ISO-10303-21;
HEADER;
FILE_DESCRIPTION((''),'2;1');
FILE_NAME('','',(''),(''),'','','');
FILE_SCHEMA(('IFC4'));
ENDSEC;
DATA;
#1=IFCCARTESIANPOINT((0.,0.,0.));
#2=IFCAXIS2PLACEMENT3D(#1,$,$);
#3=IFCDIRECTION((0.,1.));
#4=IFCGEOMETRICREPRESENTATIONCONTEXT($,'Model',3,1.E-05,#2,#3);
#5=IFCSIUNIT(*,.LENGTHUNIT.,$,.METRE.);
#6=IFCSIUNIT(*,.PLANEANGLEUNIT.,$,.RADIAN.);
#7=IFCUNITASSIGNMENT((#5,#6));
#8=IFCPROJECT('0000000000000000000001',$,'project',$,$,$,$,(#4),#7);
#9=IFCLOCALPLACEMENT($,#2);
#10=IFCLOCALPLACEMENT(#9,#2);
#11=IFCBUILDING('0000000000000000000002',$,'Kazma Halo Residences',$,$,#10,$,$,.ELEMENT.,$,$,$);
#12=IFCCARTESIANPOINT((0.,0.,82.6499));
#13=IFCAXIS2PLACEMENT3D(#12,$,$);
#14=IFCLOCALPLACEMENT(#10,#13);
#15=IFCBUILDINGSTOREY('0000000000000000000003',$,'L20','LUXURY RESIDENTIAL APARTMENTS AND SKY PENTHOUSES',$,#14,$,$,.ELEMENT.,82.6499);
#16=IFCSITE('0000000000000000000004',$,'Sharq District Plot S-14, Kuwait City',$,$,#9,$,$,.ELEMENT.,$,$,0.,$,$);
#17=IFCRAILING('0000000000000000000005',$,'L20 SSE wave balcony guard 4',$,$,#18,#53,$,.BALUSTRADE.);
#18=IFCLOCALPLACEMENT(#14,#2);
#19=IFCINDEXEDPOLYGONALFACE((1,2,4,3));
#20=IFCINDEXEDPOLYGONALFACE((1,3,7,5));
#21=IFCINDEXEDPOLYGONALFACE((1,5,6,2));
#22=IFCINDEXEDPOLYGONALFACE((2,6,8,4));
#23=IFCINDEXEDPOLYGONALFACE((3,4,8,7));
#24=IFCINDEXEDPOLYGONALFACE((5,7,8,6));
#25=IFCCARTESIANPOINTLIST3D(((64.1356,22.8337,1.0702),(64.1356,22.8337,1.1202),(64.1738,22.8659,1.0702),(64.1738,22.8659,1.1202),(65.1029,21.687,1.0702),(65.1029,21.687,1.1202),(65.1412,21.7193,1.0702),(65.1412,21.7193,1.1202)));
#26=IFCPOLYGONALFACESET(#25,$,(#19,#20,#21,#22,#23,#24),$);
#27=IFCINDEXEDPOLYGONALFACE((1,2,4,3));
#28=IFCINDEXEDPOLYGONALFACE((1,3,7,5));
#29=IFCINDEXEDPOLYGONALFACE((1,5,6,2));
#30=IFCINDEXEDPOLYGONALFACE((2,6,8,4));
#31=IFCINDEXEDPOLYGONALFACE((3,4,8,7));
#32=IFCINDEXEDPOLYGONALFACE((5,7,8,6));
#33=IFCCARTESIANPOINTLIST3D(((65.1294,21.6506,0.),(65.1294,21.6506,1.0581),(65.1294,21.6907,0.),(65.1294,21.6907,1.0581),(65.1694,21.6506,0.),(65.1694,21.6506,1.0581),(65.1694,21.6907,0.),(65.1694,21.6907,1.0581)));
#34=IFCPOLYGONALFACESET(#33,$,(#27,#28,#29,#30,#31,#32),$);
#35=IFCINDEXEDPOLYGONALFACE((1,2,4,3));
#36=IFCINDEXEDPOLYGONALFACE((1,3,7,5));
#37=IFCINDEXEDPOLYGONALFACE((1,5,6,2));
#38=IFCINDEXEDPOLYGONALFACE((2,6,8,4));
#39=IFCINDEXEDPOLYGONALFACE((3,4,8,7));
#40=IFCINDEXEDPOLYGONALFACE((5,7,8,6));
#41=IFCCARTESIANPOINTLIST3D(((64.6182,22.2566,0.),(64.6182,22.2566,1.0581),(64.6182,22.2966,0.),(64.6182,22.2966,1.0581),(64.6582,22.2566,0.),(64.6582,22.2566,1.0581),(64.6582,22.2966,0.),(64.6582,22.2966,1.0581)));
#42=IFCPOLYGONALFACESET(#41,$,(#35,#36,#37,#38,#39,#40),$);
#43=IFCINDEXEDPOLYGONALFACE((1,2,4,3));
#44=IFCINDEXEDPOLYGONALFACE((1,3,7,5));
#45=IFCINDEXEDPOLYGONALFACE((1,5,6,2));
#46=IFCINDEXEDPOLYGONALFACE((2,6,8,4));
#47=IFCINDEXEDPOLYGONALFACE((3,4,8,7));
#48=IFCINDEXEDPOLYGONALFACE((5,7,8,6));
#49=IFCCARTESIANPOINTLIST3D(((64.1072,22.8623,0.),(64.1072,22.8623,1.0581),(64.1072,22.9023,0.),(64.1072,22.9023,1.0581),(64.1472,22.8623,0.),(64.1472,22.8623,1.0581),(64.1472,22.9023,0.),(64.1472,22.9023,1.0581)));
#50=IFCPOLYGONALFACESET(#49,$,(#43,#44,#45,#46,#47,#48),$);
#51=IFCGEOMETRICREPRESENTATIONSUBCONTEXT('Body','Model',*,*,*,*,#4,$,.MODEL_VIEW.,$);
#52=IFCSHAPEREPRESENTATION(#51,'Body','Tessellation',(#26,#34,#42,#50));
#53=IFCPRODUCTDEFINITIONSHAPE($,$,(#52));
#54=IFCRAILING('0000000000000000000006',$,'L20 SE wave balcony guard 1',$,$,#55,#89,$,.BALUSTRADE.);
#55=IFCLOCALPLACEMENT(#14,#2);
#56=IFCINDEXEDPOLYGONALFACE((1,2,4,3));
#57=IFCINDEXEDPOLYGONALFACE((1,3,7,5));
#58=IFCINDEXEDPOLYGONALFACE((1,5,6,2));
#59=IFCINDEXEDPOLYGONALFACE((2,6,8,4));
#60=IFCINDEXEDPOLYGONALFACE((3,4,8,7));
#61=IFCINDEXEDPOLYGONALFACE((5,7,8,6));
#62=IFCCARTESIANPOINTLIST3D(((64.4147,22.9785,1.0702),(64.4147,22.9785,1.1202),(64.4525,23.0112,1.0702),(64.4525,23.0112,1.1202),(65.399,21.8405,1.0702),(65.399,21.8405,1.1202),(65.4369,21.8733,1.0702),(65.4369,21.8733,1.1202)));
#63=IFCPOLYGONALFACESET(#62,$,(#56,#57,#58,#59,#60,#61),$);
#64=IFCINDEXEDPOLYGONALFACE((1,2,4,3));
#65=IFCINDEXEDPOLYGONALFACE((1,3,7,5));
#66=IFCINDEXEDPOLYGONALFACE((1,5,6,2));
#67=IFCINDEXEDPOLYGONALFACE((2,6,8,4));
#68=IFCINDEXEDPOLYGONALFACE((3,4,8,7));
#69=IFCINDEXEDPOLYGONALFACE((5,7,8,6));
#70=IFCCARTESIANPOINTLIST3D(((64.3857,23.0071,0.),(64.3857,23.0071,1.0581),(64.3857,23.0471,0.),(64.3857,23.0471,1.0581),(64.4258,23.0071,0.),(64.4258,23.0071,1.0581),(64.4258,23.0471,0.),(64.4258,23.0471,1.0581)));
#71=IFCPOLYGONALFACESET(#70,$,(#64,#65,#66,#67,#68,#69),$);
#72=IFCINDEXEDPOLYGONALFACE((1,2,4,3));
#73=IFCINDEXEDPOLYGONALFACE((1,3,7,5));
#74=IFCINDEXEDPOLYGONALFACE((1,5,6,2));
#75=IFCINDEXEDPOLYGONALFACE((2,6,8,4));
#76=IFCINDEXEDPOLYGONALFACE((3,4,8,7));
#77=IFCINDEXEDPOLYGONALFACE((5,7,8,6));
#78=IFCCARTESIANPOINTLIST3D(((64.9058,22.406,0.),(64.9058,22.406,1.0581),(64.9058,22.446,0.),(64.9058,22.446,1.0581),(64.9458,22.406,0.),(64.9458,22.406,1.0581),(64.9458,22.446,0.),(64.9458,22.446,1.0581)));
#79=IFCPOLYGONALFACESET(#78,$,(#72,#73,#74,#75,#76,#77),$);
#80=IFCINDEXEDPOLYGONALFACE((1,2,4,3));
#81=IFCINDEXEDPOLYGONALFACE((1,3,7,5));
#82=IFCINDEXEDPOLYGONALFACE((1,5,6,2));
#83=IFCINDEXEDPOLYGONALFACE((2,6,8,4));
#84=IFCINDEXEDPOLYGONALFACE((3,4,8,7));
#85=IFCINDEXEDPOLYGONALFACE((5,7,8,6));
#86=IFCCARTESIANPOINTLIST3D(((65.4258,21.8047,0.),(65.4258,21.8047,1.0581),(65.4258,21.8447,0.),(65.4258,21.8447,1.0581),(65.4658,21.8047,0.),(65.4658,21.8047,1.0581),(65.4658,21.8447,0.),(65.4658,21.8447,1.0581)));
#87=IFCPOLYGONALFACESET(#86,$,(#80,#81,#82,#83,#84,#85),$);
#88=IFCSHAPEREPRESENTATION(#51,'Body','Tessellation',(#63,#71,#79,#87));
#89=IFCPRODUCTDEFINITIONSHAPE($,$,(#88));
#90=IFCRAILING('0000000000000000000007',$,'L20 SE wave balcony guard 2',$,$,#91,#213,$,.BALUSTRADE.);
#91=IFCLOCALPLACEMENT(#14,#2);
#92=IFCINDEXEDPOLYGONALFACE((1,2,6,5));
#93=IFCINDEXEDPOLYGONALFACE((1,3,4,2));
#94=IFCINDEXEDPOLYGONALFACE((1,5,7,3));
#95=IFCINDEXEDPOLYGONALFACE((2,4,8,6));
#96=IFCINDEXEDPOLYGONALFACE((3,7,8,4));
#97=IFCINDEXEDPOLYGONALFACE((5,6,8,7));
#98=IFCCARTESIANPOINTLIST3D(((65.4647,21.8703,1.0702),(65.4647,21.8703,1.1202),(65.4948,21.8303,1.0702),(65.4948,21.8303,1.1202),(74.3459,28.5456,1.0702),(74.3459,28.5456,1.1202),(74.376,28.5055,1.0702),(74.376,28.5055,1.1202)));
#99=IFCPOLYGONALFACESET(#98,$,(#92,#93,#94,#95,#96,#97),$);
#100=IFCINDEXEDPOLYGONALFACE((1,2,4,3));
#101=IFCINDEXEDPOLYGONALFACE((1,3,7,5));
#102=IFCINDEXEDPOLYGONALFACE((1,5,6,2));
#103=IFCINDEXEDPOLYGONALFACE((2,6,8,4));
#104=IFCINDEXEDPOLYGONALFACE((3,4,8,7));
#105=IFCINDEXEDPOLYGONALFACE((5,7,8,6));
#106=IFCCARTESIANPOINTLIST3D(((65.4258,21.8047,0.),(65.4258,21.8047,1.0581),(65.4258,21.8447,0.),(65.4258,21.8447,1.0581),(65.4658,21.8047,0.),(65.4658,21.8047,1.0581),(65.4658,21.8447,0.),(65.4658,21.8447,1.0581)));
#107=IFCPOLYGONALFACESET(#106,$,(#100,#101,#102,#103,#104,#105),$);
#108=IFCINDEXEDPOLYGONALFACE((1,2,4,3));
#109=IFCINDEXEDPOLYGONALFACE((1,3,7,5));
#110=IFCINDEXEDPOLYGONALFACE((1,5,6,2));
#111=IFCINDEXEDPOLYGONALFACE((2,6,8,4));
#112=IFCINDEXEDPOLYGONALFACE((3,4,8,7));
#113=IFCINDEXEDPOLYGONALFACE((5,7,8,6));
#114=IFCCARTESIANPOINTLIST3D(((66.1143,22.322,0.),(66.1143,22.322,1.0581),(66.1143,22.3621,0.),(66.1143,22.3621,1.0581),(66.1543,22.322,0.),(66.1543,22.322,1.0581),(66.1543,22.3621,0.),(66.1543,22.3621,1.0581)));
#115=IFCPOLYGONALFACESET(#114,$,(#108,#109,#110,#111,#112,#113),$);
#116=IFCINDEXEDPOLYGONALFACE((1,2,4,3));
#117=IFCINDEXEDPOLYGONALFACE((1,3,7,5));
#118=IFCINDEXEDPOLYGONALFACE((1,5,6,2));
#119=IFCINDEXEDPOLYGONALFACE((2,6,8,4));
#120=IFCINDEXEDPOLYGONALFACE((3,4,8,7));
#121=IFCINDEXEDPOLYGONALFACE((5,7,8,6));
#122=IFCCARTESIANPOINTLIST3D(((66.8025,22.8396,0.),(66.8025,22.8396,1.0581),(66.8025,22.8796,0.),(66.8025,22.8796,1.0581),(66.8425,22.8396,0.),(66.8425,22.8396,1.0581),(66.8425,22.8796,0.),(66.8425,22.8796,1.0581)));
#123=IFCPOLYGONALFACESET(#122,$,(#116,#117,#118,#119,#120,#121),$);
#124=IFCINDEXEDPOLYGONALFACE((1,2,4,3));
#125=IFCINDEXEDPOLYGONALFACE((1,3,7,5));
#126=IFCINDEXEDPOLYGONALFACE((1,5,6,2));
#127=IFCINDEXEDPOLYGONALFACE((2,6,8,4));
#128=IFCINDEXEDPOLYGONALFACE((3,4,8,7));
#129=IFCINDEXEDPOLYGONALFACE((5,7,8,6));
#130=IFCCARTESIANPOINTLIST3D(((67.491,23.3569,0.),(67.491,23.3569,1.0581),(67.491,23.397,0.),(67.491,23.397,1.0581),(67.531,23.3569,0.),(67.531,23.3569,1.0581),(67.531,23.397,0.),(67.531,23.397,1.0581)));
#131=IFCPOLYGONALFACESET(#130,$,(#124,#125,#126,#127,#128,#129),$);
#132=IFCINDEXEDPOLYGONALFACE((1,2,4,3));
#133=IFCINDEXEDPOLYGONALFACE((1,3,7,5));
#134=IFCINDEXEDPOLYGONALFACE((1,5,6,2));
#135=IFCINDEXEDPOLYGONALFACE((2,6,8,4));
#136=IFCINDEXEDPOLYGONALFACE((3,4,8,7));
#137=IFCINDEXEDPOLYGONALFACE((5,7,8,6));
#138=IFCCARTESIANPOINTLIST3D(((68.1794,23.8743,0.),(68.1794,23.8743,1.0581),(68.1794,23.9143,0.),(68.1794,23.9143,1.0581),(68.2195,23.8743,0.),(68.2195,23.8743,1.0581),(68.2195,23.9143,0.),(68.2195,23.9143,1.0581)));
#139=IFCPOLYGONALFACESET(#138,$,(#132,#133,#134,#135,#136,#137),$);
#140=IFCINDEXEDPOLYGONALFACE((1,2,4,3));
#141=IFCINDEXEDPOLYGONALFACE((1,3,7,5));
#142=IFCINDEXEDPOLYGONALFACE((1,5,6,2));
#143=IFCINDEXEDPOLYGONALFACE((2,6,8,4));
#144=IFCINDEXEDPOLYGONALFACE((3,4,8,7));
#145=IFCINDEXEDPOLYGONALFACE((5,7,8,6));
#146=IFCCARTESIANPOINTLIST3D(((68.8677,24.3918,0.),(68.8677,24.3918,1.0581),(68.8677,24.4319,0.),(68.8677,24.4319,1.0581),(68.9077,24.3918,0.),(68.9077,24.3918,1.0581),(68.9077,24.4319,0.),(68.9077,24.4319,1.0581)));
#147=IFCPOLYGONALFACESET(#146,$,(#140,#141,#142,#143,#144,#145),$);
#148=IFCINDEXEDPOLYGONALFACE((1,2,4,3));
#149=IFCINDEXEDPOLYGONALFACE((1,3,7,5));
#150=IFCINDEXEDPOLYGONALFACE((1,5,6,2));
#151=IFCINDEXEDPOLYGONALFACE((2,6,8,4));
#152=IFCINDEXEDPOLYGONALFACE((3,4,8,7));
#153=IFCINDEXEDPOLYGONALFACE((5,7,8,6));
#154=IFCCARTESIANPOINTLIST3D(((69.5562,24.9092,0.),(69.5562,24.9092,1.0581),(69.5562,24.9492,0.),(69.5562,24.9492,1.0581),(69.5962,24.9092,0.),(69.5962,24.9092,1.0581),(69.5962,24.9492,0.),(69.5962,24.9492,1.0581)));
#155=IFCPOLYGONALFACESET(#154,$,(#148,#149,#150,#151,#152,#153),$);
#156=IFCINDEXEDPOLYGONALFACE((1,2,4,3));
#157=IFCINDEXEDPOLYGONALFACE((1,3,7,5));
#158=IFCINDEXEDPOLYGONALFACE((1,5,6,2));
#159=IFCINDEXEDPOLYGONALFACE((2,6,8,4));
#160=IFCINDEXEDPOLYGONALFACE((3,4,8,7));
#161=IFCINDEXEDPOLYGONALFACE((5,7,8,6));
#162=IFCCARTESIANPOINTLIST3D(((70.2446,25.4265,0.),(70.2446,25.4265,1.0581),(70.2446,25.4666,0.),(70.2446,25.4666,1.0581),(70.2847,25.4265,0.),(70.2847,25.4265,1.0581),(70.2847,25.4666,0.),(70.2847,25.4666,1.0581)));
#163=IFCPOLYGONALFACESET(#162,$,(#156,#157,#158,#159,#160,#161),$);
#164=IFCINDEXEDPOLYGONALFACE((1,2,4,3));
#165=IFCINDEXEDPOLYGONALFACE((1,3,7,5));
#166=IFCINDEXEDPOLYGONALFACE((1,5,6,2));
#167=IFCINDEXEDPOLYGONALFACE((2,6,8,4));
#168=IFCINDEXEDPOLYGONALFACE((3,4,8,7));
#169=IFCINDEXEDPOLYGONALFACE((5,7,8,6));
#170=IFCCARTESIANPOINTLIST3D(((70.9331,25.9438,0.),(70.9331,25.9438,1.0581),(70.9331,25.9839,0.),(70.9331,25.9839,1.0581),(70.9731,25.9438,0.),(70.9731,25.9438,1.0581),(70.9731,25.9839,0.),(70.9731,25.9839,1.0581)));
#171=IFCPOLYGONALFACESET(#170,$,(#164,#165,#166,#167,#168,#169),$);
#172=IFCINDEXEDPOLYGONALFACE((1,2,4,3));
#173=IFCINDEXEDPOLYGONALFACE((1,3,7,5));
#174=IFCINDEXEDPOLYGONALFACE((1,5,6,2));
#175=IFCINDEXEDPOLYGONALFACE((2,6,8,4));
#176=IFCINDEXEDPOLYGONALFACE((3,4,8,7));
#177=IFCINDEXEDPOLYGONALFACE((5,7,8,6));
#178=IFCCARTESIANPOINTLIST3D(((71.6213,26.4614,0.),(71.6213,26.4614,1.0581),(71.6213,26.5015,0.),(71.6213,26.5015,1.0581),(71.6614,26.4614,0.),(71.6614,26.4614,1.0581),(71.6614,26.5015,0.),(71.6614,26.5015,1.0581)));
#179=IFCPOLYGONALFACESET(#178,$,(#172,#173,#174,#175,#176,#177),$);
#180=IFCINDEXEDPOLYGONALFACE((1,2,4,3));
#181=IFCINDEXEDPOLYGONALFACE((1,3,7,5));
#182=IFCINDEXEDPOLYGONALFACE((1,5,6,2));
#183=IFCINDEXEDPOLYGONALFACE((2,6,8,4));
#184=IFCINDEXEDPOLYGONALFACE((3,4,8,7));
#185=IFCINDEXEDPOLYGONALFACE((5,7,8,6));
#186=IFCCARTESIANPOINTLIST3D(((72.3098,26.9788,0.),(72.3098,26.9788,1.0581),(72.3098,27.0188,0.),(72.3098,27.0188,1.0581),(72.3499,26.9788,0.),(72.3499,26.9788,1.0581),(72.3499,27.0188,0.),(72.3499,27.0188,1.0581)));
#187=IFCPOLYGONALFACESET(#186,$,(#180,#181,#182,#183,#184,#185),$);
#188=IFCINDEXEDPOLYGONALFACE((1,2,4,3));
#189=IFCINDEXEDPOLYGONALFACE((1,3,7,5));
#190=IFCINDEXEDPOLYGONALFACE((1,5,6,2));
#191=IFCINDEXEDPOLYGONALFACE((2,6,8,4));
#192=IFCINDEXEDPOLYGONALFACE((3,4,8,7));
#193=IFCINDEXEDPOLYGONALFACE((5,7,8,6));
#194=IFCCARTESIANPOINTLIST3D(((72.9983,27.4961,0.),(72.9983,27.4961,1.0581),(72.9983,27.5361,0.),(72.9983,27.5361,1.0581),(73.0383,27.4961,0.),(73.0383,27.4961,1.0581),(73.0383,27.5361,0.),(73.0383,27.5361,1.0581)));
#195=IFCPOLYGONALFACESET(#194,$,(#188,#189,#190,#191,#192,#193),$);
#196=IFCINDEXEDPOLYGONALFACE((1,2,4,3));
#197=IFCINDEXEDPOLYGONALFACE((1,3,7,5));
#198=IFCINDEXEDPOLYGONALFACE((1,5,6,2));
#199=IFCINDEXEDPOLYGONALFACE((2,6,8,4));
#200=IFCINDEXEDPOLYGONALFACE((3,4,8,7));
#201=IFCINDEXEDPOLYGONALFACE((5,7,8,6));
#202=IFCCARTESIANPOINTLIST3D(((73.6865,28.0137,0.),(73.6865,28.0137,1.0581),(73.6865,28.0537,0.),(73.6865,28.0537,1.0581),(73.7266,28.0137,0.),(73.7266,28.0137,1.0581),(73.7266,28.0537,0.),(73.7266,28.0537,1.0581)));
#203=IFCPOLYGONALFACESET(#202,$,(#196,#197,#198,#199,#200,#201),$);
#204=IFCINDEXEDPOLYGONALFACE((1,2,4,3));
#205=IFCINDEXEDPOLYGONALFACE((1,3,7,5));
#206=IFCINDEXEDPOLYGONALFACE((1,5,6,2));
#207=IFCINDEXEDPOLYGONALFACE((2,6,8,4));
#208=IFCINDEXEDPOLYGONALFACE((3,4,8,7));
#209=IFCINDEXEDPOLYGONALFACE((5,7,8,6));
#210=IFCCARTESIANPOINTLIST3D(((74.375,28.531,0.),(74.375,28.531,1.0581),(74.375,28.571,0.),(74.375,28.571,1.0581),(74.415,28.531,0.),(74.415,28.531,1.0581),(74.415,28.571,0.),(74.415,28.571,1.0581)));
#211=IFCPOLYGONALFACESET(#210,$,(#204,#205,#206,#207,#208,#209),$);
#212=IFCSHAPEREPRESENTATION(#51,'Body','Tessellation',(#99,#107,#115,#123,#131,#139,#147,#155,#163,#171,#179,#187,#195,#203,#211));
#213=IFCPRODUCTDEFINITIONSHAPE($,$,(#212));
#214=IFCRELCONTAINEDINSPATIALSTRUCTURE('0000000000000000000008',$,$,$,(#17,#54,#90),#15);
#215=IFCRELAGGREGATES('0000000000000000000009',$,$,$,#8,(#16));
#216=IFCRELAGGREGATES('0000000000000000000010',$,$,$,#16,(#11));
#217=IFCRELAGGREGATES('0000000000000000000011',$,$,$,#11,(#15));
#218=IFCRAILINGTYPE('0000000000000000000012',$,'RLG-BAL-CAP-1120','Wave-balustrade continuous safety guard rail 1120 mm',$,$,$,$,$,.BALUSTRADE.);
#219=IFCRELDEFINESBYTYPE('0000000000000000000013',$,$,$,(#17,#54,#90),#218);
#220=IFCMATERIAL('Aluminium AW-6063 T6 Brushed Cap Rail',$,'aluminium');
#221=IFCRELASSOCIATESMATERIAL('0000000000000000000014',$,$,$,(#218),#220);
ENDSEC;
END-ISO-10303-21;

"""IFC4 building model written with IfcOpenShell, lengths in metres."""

from ifc_helpers import new_model, si_unit, direction, frame, origin, origin_2d, place, context, subcontext, project, spatial, rectangle, extrude, material, type_object, element, save


model = new_model("IFC4")

# Units and contexts
model_context = context("Model", 3, precision=1e-05, world=origin(), true_north=direction((0.0, 1.0)))
body_context = subcontext(model_context, "Body", "Model", "MODEL_VIEW")
ifc_project = project(units=[si_unit("LENGTHUNIT", "METRE"), si_unit("PLANEANGLEUNIT", "RADIAN")], contexts=[model_context])

# Site, building, storey
site_placement = place(None, origin())
site = spatial("IfcSite", under=ifc_project, at=site_placement, Name="Sharq District Plot S-14, Kuwait City", CompositionType="ELEMENT", RefElevation=0.0)
building_placement = place(site_placement, origin())
building = spatial("IfcBuilding", under=site, at=building_placement, Name="Kazma Halo Residences", CompositionType="ELEMENT")
storey_placement = place(building_placement, frame((0.0, 0.0, 82.6499)))
storey = spatial("IfcBuildingStorey", under=building, at=storey_placement, Name="L20", Description="LUXURY RESIDENTIAL APARTMENTS AND SKY PENTHOUSES", CompositionType="ELEMENT", Elevation=82.6499)

# Railings
ifc_material_1 = material(Name="Aluminium AW-6063 T6 Brushed Cap Rail", Category="aluminium")
railing_type = type_object("IfcRailingType", Name="RLG-BAL-CAP-1120", Description="Wave-balustrade continuous safety guard rail 1120 mm", PredefinedType="BALUSTRADE", material=ifc_material_1)
railing_1_placement = place(storey_placement, frame((65.1494, 21.6707, 0.0)))
element("IfcRailing", 1, at=railing_1_placement, inside=storey, type_object=railing_type, Name="L20 SSE wave balcony guard 4", PredefinedType="BALUSTRADE", context=body_context, shape_type="SweptSolid", body=[
    extrude(rectangle(XDim=0.05, YDim=0.05, at=origin_2d()), frame((-0.0273, 0.0325, 1.0952), z_axis=(-0.644823, 0.764332, 0.0), x_axis=(-0.764332, -0.644823, 0.0)), (0.0, 0.0, 1.0), 1.5002),
    extrude(rectangle(XDim=0.04, YDim=0.04, at=origin_2d()), origin(), (0.0, 0.0, 1.0), 1.0581),
    extrude(rectangle(XDim=0.04, YDim=0.04, at=origin_2d()), frame((-0.5112, 0.606, 0.0)), (0.0, 0.0, 1.0), 1.0581),
    extrude(rectangle(XDim=0.04, YDim=0.04, at=origin_2d()), frame((-1.0222, 1.2117, 0.0)), (0.0, 0.0, 1.0), 1.0581),
])
railing_2_placement = place(storey_placement, frame((64.4058, 23.0271, 0.0)))
element("IfcRailing", 2, at=railing_2_placement, inside=storey, type_object=railing_type, Name="L20 SE wave balcony guard 1", PredefinedType="BALUSTRADE", context=body_context, shape_type="SweptSolid", body=[
    extrude(rectangle(XDim=0.05, YDim=0.05, at=origin_2d()), frame((0.0278, -0.0322, 1.0952), z_axis=(0.654199, -0.756322, 0.0), x_axis=(0.756322, 0.654199, 0.0)), (0.0, 0.0, 1.0), 1.5046),
    extrude(rectangle(XDim=0.04, YDim=0.04, at=origin_2d()), origin(), (0.0, 0.0, 1.0), 1.0581),
    extrude(rectangle(XDim=0.04, YDim=0.04, at=origin_2d()), frame((0.52, -0.6011, 0.0)), (0.0, 0.0, 1.0), 1.0581),
    extrude(rectangle(XDim=0.04, YDim=0.04, at=origin_2d()), frame((1.04, -1.2024, 0.0)), (0.0, 0.0, 1.0), 1.0581),
])
railing_3_placement = place(storey_placement, frame((65.4458, 21.8247, 0.0)))
element("IfcRailing", 3, at=railing_3_placement, inside=storey, type_object=railing_type, Name="L20 SE wave balcony guard 2", PredefinedType="BALUSTRADE", context=body_context, shape_type="SweptSolid", body=[
    extrude(rectangle(XDim=0.05, YDim=0.05, at=origin_2d()), frame((0.0339, 0.0256, 1.0952), z_axis=(0.799382, 0.600823, 0.0), x_axis=(-0.600823, 0.799382, 0.0)), (0.0, 0.0, 1.0), 11.1101),
    extrude(rectangle(XDim=0.04, YDim=0.04, at=origin_2d()), origin(), (0.0, 0.0, 1.0), 1.0581),
    extrude(rectangle(XDim=0.04, YDim=0.04, at=origin_2d()), frame((0.6885, 0.5173, 0.0)), (0.0, 0.0, 1.0), 1.0581),
    extrude(rectangle(XDim=0.04, YDim=0.04, at=origin_2d()), frame((1.3767, 1.0349, 0.0)), (0.0, 0.0, 1.0), 1.0581),
    extrude(rectangle(XDim=0.04, YDim=0.04, at=origin_2d()), frame((2.0652, 1.5522, 0.0)), (0.0, 0.0, 1.0), 1.0581),
    extrude(rectangle(XDim=0.04, YDim=0.04, at=origin_2d()), frame((2.7537, 2.0696, 0.0)), (0.0, 0.0, 1.0), 1.0581),
    extrude(rectangle(XDim=0.04, YDim=0.04, at=origin_2d()), frame((3.4419, 2.5872, 0.0)), (0.0, 0.0, 1.0), 1.0581),
    extrude(rectangle(XDim=0.04, YDim=0.04, at=origin_2d()), frame((4.1304, 3.1045, 0.0)), (0.0, 0.0, 1.0), 1.0581),
    extrude(rectangle(XDim=0.04, YDim=0.04, at=origin_2d()), frame((4.8188, 3.6218, 0.0)), (0.0, 0.0, 1.0), 1.0581),
    extrude(rectangle(XDim=0.04, YDim=0.04, at=origin_2d()), frame((5.5073, 4.1392, 0.0)), (0.0, 0.0, 1.0), 1.0581),
    extrude(rectangle(XDim=0.04, YDim=0.04, at=origin_2d()), frame((6.1956, 4.6567, 0.0)), (0.0, 0.0, 1.0), 1.0581),
    extrude(rectangle(XDim=0.04, YDim=0.04, at=origin_2d()), frame((6.884, 5.1741, 0.0)), (0.0, 0.0, 1.0), 1.0581),
    extrude(rectangle(XDim=0.04, YDim=0.04, at=origin_2d()), frame((7.5725, 5.6914, 0.0)), (0.0, 0.0, 1.0), 1.0581),
    extrude(rectangle(XDim=0.04, YDim=0.04, at=origin_2d()), frame((8.2607, 6.209, 0.0)), (0.0, 0.0, 1.0), 1.0581),
    extrude(rectangle(XDim=0.04, YDim=0.04, at=origin_2d()), frame((8.9492, 6.7263, 0.0)), (0.0, 0.0, 1.0), 1.0581),
])

save(model, "model.ifc")
